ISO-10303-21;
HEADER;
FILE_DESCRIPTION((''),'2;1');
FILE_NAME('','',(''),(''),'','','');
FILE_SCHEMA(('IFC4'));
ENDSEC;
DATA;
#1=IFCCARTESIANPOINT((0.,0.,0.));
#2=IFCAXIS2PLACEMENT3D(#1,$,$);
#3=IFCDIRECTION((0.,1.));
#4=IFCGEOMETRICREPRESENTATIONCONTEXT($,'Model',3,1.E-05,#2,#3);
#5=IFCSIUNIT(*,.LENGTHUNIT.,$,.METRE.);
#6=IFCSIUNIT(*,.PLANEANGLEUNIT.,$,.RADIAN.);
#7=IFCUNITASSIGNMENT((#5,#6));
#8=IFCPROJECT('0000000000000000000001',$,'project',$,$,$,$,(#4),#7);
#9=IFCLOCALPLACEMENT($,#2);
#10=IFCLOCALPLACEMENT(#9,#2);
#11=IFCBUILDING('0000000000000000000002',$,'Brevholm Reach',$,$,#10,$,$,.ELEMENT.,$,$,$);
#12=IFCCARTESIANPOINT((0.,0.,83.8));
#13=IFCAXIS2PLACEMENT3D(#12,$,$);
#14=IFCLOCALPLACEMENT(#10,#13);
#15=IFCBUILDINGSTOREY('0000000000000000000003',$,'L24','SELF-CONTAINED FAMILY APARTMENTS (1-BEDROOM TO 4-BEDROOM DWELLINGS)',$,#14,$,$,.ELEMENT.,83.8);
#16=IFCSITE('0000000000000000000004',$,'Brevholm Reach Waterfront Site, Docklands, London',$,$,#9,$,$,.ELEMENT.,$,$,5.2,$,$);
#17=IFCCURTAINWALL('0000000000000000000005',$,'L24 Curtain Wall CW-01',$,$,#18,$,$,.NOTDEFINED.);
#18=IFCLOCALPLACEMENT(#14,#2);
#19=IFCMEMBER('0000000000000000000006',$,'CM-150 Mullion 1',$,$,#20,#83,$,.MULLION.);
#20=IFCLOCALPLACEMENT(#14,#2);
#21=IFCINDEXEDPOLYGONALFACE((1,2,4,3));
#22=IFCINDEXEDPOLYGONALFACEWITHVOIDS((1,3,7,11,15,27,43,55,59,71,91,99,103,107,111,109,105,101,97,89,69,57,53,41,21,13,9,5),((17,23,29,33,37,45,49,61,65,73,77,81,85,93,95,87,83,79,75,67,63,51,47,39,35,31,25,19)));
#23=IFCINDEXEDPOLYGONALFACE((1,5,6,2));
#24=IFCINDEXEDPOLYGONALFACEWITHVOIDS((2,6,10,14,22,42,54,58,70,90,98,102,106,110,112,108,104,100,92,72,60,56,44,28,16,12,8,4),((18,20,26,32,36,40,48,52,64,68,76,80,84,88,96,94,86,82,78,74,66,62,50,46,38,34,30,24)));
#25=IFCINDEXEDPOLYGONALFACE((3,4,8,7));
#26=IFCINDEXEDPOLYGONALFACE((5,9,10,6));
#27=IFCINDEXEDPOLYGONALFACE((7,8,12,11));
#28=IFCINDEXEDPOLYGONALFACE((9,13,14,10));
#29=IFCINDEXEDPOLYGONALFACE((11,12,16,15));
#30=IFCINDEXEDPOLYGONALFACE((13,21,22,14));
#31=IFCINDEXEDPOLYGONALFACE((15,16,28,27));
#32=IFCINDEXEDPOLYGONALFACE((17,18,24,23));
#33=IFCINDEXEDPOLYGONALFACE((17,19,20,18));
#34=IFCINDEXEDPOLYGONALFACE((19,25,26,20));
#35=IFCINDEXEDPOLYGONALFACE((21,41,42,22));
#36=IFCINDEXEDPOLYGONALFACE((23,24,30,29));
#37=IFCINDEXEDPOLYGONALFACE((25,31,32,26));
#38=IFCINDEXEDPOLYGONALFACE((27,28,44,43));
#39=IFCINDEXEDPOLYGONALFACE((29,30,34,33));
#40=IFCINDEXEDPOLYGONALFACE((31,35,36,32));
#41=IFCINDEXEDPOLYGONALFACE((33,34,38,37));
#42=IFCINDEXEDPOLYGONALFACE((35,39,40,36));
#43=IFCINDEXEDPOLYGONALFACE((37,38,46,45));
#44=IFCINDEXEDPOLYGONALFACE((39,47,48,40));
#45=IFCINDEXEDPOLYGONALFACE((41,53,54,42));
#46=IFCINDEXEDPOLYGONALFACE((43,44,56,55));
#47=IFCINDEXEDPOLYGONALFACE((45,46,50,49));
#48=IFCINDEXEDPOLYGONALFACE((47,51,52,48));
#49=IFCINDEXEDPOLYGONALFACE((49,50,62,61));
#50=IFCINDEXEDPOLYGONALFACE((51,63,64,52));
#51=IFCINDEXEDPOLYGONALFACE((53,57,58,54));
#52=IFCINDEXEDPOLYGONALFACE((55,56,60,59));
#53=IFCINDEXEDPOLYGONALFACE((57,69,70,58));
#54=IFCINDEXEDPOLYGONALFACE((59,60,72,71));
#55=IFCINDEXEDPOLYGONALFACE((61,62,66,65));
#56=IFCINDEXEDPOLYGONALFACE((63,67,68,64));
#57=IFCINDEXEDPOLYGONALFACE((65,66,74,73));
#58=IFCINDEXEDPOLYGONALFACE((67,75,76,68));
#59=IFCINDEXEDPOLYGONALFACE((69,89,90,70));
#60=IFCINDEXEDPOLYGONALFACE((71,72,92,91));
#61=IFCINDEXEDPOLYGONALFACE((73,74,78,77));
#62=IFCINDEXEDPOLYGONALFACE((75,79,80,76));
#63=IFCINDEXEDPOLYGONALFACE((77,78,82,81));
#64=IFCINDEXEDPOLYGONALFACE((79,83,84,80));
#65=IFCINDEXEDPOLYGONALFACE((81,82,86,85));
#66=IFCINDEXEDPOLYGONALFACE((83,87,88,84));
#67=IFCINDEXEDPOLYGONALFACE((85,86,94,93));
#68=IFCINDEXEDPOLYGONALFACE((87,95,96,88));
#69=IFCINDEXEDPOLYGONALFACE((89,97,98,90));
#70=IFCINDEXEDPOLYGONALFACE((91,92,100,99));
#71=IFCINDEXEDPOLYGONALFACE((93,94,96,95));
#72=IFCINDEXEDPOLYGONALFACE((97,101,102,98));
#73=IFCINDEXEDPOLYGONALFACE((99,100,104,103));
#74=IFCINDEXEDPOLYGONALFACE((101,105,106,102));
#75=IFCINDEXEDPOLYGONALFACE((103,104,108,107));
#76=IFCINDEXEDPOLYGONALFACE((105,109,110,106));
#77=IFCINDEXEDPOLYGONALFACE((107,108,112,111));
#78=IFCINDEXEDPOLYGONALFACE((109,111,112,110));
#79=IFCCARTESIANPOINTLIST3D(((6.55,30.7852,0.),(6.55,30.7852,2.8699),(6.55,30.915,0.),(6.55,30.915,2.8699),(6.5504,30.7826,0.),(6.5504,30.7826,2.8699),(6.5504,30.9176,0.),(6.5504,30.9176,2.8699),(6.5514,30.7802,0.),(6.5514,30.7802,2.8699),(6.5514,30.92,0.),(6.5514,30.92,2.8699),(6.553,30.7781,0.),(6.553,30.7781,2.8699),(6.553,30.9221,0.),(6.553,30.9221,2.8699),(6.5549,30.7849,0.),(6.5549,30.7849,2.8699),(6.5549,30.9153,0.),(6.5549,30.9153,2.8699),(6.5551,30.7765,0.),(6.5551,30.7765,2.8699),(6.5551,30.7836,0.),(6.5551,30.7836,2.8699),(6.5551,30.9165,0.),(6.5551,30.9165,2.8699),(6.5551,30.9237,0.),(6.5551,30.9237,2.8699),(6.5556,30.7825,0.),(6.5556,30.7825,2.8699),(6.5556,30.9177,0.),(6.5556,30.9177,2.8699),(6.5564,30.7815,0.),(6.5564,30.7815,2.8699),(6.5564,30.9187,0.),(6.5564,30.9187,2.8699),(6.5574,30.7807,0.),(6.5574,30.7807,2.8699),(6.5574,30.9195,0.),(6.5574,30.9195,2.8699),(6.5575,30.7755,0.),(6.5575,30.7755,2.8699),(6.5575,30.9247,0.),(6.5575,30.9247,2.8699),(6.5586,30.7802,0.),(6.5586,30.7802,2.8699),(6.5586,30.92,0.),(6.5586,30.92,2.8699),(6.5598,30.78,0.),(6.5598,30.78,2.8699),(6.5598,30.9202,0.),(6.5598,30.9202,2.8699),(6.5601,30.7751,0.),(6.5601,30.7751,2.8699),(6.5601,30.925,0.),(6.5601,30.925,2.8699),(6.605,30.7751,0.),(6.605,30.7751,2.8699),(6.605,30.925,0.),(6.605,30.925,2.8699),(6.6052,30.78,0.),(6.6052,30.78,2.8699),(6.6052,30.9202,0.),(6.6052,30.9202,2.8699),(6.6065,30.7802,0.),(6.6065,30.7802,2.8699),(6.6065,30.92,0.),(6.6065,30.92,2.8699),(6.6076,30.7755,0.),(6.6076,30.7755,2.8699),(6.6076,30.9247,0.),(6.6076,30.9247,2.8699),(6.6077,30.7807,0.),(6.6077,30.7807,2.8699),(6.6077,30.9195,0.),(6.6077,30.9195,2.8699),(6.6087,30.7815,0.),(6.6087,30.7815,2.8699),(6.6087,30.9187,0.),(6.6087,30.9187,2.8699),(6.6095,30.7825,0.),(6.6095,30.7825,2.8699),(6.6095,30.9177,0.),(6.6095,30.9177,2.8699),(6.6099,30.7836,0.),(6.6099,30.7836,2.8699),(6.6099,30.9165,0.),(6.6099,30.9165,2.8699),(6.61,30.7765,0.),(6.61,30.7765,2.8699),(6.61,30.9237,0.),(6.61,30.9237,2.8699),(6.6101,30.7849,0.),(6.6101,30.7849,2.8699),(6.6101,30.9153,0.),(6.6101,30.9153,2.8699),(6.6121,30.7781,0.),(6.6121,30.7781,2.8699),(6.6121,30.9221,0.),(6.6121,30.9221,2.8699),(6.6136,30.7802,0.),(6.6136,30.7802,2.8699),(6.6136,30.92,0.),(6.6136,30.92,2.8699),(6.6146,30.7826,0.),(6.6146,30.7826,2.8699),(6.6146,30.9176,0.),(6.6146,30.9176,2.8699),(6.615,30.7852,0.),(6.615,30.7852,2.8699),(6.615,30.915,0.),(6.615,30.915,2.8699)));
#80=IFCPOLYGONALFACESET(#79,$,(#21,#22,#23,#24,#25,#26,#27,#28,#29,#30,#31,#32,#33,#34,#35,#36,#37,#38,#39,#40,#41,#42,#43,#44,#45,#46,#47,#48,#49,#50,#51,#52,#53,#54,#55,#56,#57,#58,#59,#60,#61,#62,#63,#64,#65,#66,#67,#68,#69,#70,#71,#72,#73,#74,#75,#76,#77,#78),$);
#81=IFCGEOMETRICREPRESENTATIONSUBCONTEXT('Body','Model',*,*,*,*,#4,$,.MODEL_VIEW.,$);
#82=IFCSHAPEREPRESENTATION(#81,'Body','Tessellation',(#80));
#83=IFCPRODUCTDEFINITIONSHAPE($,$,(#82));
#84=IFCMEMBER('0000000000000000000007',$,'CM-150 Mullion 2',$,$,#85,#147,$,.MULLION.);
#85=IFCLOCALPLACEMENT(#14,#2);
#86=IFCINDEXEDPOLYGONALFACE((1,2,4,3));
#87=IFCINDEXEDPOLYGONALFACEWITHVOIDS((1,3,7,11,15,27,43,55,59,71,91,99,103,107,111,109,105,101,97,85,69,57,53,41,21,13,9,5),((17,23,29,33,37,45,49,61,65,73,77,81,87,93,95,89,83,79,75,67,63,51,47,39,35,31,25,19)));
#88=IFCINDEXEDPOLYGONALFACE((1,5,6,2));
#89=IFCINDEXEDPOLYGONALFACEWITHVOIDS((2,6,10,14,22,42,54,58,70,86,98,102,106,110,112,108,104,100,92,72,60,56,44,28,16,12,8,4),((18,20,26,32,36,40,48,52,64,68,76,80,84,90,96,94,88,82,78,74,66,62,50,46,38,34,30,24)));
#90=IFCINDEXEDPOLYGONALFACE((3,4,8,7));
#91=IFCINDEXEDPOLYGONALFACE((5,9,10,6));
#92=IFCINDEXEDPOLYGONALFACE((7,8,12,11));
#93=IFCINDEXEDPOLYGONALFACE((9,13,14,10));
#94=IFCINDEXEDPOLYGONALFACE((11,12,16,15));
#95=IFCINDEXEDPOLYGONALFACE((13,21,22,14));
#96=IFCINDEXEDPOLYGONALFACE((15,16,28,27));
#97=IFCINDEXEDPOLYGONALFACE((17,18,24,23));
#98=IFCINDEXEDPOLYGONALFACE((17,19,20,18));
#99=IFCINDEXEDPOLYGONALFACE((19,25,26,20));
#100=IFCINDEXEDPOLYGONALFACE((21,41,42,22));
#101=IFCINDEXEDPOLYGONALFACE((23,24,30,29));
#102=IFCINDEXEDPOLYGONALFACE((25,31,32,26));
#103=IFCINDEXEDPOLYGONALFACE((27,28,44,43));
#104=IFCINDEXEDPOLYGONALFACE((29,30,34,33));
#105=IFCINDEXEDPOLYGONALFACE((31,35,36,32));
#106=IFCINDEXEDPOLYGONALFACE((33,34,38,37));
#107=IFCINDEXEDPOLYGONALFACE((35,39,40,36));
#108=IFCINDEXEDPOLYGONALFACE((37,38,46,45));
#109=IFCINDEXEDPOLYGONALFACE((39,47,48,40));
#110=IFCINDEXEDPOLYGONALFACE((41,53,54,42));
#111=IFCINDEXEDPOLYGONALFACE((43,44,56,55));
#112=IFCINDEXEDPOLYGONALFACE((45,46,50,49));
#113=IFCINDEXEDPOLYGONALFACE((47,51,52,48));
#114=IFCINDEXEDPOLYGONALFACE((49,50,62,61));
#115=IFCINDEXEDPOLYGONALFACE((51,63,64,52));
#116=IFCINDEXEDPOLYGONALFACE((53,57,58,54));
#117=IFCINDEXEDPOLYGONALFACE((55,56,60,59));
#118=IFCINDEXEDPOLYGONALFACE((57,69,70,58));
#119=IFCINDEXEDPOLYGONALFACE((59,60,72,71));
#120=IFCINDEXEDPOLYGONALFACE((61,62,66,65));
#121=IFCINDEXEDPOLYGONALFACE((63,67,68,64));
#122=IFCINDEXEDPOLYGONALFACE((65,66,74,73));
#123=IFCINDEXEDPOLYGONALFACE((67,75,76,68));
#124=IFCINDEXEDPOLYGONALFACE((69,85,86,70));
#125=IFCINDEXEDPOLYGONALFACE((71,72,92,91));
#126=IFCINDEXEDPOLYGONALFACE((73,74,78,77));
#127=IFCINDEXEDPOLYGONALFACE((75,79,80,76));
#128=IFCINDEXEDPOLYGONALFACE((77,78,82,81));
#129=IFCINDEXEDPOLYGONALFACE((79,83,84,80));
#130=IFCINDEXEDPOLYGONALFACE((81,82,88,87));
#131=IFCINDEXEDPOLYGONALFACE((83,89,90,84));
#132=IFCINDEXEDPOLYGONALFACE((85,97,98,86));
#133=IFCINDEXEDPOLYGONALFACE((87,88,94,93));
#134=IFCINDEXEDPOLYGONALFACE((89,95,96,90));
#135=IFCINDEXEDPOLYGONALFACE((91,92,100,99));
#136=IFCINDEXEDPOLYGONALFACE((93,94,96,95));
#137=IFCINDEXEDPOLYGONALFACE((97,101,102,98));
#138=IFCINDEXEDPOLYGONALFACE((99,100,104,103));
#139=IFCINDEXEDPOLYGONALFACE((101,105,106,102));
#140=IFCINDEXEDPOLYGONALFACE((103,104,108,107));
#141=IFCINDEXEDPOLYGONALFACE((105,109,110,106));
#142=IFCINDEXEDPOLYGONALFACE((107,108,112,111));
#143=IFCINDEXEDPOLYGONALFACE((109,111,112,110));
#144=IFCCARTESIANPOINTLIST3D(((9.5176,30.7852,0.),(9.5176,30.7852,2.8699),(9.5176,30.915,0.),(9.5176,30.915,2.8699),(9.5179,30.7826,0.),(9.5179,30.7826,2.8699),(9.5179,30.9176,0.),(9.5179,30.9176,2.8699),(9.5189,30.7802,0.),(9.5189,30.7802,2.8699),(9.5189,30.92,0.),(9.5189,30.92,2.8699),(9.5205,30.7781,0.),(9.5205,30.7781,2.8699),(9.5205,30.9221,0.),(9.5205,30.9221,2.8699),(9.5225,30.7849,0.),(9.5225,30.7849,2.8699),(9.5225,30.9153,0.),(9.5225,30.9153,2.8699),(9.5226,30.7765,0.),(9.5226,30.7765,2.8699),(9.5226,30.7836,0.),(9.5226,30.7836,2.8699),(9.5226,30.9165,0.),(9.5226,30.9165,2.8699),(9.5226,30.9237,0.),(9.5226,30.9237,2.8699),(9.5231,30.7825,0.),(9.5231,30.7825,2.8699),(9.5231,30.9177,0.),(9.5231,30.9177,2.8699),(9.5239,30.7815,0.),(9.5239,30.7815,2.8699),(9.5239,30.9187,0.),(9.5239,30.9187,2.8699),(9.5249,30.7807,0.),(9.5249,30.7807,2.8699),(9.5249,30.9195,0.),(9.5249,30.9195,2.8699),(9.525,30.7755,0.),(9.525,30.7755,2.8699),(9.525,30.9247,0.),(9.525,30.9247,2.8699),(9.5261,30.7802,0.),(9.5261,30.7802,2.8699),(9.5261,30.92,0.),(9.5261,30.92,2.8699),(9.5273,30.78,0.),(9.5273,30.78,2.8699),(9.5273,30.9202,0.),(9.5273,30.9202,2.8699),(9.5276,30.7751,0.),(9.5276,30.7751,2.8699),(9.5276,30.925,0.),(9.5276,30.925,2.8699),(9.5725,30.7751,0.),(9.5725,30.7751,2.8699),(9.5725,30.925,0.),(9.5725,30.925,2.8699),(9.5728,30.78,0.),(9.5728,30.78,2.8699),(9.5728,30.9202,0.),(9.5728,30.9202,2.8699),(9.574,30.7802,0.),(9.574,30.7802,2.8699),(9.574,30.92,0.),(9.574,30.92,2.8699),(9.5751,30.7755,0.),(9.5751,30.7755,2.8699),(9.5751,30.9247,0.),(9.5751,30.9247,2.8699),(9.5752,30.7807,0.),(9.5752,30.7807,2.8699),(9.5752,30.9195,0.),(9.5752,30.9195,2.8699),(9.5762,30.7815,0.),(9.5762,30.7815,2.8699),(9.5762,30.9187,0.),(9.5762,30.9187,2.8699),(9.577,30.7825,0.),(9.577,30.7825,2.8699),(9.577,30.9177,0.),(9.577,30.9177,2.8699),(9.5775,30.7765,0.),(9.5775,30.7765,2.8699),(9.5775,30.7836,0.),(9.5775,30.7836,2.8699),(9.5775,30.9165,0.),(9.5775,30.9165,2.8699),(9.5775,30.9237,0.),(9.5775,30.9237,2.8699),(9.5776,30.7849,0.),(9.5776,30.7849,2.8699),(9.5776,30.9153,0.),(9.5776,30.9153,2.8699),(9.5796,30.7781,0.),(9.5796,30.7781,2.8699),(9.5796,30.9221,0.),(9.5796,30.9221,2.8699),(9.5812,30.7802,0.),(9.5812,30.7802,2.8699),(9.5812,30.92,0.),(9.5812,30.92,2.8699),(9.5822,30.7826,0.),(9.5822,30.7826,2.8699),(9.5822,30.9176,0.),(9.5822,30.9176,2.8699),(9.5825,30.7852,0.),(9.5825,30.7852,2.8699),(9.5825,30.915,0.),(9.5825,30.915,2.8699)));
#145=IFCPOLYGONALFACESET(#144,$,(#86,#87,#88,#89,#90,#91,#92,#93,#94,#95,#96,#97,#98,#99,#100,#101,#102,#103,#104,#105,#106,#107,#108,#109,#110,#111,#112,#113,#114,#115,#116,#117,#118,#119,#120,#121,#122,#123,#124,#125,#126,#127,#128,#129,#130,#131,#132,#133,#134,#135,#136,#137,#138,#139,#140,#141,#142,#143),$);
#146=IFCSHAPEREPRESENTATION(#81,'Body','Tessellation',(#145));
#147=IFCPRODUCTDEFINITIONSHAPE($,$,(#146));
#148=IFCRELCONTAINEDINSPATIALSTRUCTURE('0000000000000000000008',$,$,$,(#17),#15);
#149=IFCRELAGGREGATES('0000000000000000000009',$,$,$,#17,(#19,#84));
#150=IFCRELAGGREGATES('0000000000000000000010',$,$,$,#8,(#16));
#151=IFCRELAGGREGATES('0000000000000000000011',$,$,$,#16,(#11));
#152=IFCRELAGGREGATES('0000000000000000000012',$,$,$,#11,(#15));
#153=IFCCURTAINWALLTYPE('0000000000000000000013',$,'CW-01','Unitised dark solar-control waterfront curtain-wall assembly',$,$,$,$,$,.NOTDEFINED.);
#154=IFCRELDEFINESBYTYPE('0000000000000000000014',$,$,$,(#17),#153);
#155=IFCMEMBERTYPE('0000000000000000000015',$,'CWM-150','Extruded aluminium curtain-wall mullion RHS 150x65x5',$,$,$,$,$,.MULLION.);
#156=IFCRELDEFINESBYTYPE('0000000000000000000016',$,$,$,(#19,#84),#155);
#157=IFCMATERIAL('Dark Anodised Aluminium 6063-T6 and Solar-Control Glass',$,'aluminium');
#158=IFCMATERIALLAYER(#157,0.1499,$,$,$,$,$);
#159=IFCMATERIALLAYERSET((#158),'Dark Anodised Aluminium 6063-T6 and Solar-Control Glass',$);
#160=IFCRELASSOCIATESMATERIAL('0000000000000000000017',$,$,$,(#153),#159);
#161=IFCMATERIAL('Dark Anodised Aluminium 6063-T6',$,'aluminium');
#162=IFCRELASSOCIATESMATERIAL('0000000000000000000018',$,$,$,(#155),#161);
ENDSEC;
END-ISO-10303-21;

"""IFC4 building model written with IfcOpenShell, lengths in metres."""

from ifc_helpers import new_model, si_unit, direction, frame, origin, origin_2d, place, context, subcontext, project, spatial, hollow_rectangle, extrude, material, layer, layer_set, material_profile, profile_set, type_object, element, aggregate, save


model = new_model("IFC4")

# Units and contexts
model_context = context("Model", 3, precision=1e-05, world=origin(), true_north=direction((0.0, 1.0)))
body_context = subcontext(model_context, "Body", "Model", "MODEL_VIEW")
ifc_project = project(units=[si_unit("LENGTHUNIT", "METRE"), si_unit("PLANEANGLEUNIT", "RADIAN")], contexts=[model_context])

# Site, building, storey
site_placement = place(None, origin())
site = spatial("IfcSite", under=ifc_project, at=site_placement, Name="Brevholm Reach Waterfront Site, Docklands, London", CompositionType="ELEMENT", RefElevation=5.2)
building_placement = place(site_placement, origin())
building = spatial("IfcBuilding", under=site, at=building_placement, Name="Brevholm Reach", CompositionType="ELEMENT")
storey_placement = place(building_placement, frame((0.0, 0.0, 83.8)))
storey = spatial("IfcBuildingStorey", under=building, at=storey_placement, Name="L24", Description="SELF-CONTAINED FAMILY APARTMENTS (1-BEDROOM TO 4-BEDROOM DWELLINGS)", CompositionType="ELEMENT", Elevation=83.8)

# Curtain wall, members
ifc_material_1 = material(Name="Dark Anodised Aluminium 6063-T6 and Solar-Control Glass", Category="aluminium")
ifc_layer_1 = layer(ifc_material_1, 0.1499)
ifc_layer_set_1 = layer_set([ifc_layer_1], Name="Dark Anodised Aluminium 6063-T6 and Solar-Control Glass")
curtain_wall_type = type_object("IfcCurtainWallType", Name="CW-01", Description="Unitised dark solar-control waterfront curtain-wall assembly", PredefinedType="NOTDEFINED", material=ifc_layer_set_1)
curtain_wall_placement = place(storey_placement, origin())
curtain_wall = element("IfcCurtainWall", 1, at=curtain_wall_placement, inside=storey, type_object=curtain_wall_type, Name="L24 Curtain Wall CW-01", PredefinedType="NOTDEFINED")
ifc_material_2 = material(Name="Dark Anodised Aluminium 6063-T6", Category="aluminium")
ifc_material_profile_1 = material_profile(ifc_material_2, hollow_rectangle(XDim=0.0649, YDim=0.1499, WallThickness=0.0049, InnerFilletRadius=0.0049, OuterFilletRadius=0.01, at=origin_2d()), Name="RHS 150x65x5")
ifc_profile_set_1 = profile_set([ifc_material_profile_1], Name="Dark Anodised Aluminium 6063-T6")
member_type_1 = type_object("IfcMemberType", Name="CWM-150", Description="Extruded aluminium curtain-wall mullion RHS 150x65x5", PredefinedType="MULLION", material=ifc_profile_set_1)
member_1_placement = place(storey_placement, frame((6.5825, 30.8501, 0.0), z_axis=(0.0, 0.0, 1.0), x_axis=(1.0, 0.0, 0.0)))
member_1 = element("IfcMember", 2, at=member_1_placement, type_object=member_type_1, Name="CM-150 Mullion 1", PredefinedType="MULLION", context=body_context, shape_type="SweptSolid", body=[
    extrude(hollow_rectangle(XDim=0.0649, YDim=0.1499, WallThickness=0.0049, InnerFilletRadius=0.0049, OuterFilletRadius=0.01, at=origin_2d()), origin(), (0.0, 0.0, 1.0), 2.8699),
])
member_2_placement = place(storey_placement, frame((9.55, 30.8501, 0.0), z_axis=(0.0, 0.0, 1.0), x_axis=(1.0, 0.0, 0.0)))
member_2 = element("IfcMember", 3, at=member_2_placement, type_object=member_type_1, Name="CM-150 Mullion 2", PredefinedType="MULLION", context=body_context, shape_type="SweptSolid", body=[
    extrude(hollow_rectangle(XDim=0.0649, YDim=0.1499, WallThickness=0.0049, InnerFilletRadius=0.0049, OuterFilletRadius=0.01, at=origin_2d()), origin(), (0.0, 0.0, 1.0), 2.8699),
])
aggregate(curtain_wall, [member_1, member_2])

save(model, "model.ifc")
